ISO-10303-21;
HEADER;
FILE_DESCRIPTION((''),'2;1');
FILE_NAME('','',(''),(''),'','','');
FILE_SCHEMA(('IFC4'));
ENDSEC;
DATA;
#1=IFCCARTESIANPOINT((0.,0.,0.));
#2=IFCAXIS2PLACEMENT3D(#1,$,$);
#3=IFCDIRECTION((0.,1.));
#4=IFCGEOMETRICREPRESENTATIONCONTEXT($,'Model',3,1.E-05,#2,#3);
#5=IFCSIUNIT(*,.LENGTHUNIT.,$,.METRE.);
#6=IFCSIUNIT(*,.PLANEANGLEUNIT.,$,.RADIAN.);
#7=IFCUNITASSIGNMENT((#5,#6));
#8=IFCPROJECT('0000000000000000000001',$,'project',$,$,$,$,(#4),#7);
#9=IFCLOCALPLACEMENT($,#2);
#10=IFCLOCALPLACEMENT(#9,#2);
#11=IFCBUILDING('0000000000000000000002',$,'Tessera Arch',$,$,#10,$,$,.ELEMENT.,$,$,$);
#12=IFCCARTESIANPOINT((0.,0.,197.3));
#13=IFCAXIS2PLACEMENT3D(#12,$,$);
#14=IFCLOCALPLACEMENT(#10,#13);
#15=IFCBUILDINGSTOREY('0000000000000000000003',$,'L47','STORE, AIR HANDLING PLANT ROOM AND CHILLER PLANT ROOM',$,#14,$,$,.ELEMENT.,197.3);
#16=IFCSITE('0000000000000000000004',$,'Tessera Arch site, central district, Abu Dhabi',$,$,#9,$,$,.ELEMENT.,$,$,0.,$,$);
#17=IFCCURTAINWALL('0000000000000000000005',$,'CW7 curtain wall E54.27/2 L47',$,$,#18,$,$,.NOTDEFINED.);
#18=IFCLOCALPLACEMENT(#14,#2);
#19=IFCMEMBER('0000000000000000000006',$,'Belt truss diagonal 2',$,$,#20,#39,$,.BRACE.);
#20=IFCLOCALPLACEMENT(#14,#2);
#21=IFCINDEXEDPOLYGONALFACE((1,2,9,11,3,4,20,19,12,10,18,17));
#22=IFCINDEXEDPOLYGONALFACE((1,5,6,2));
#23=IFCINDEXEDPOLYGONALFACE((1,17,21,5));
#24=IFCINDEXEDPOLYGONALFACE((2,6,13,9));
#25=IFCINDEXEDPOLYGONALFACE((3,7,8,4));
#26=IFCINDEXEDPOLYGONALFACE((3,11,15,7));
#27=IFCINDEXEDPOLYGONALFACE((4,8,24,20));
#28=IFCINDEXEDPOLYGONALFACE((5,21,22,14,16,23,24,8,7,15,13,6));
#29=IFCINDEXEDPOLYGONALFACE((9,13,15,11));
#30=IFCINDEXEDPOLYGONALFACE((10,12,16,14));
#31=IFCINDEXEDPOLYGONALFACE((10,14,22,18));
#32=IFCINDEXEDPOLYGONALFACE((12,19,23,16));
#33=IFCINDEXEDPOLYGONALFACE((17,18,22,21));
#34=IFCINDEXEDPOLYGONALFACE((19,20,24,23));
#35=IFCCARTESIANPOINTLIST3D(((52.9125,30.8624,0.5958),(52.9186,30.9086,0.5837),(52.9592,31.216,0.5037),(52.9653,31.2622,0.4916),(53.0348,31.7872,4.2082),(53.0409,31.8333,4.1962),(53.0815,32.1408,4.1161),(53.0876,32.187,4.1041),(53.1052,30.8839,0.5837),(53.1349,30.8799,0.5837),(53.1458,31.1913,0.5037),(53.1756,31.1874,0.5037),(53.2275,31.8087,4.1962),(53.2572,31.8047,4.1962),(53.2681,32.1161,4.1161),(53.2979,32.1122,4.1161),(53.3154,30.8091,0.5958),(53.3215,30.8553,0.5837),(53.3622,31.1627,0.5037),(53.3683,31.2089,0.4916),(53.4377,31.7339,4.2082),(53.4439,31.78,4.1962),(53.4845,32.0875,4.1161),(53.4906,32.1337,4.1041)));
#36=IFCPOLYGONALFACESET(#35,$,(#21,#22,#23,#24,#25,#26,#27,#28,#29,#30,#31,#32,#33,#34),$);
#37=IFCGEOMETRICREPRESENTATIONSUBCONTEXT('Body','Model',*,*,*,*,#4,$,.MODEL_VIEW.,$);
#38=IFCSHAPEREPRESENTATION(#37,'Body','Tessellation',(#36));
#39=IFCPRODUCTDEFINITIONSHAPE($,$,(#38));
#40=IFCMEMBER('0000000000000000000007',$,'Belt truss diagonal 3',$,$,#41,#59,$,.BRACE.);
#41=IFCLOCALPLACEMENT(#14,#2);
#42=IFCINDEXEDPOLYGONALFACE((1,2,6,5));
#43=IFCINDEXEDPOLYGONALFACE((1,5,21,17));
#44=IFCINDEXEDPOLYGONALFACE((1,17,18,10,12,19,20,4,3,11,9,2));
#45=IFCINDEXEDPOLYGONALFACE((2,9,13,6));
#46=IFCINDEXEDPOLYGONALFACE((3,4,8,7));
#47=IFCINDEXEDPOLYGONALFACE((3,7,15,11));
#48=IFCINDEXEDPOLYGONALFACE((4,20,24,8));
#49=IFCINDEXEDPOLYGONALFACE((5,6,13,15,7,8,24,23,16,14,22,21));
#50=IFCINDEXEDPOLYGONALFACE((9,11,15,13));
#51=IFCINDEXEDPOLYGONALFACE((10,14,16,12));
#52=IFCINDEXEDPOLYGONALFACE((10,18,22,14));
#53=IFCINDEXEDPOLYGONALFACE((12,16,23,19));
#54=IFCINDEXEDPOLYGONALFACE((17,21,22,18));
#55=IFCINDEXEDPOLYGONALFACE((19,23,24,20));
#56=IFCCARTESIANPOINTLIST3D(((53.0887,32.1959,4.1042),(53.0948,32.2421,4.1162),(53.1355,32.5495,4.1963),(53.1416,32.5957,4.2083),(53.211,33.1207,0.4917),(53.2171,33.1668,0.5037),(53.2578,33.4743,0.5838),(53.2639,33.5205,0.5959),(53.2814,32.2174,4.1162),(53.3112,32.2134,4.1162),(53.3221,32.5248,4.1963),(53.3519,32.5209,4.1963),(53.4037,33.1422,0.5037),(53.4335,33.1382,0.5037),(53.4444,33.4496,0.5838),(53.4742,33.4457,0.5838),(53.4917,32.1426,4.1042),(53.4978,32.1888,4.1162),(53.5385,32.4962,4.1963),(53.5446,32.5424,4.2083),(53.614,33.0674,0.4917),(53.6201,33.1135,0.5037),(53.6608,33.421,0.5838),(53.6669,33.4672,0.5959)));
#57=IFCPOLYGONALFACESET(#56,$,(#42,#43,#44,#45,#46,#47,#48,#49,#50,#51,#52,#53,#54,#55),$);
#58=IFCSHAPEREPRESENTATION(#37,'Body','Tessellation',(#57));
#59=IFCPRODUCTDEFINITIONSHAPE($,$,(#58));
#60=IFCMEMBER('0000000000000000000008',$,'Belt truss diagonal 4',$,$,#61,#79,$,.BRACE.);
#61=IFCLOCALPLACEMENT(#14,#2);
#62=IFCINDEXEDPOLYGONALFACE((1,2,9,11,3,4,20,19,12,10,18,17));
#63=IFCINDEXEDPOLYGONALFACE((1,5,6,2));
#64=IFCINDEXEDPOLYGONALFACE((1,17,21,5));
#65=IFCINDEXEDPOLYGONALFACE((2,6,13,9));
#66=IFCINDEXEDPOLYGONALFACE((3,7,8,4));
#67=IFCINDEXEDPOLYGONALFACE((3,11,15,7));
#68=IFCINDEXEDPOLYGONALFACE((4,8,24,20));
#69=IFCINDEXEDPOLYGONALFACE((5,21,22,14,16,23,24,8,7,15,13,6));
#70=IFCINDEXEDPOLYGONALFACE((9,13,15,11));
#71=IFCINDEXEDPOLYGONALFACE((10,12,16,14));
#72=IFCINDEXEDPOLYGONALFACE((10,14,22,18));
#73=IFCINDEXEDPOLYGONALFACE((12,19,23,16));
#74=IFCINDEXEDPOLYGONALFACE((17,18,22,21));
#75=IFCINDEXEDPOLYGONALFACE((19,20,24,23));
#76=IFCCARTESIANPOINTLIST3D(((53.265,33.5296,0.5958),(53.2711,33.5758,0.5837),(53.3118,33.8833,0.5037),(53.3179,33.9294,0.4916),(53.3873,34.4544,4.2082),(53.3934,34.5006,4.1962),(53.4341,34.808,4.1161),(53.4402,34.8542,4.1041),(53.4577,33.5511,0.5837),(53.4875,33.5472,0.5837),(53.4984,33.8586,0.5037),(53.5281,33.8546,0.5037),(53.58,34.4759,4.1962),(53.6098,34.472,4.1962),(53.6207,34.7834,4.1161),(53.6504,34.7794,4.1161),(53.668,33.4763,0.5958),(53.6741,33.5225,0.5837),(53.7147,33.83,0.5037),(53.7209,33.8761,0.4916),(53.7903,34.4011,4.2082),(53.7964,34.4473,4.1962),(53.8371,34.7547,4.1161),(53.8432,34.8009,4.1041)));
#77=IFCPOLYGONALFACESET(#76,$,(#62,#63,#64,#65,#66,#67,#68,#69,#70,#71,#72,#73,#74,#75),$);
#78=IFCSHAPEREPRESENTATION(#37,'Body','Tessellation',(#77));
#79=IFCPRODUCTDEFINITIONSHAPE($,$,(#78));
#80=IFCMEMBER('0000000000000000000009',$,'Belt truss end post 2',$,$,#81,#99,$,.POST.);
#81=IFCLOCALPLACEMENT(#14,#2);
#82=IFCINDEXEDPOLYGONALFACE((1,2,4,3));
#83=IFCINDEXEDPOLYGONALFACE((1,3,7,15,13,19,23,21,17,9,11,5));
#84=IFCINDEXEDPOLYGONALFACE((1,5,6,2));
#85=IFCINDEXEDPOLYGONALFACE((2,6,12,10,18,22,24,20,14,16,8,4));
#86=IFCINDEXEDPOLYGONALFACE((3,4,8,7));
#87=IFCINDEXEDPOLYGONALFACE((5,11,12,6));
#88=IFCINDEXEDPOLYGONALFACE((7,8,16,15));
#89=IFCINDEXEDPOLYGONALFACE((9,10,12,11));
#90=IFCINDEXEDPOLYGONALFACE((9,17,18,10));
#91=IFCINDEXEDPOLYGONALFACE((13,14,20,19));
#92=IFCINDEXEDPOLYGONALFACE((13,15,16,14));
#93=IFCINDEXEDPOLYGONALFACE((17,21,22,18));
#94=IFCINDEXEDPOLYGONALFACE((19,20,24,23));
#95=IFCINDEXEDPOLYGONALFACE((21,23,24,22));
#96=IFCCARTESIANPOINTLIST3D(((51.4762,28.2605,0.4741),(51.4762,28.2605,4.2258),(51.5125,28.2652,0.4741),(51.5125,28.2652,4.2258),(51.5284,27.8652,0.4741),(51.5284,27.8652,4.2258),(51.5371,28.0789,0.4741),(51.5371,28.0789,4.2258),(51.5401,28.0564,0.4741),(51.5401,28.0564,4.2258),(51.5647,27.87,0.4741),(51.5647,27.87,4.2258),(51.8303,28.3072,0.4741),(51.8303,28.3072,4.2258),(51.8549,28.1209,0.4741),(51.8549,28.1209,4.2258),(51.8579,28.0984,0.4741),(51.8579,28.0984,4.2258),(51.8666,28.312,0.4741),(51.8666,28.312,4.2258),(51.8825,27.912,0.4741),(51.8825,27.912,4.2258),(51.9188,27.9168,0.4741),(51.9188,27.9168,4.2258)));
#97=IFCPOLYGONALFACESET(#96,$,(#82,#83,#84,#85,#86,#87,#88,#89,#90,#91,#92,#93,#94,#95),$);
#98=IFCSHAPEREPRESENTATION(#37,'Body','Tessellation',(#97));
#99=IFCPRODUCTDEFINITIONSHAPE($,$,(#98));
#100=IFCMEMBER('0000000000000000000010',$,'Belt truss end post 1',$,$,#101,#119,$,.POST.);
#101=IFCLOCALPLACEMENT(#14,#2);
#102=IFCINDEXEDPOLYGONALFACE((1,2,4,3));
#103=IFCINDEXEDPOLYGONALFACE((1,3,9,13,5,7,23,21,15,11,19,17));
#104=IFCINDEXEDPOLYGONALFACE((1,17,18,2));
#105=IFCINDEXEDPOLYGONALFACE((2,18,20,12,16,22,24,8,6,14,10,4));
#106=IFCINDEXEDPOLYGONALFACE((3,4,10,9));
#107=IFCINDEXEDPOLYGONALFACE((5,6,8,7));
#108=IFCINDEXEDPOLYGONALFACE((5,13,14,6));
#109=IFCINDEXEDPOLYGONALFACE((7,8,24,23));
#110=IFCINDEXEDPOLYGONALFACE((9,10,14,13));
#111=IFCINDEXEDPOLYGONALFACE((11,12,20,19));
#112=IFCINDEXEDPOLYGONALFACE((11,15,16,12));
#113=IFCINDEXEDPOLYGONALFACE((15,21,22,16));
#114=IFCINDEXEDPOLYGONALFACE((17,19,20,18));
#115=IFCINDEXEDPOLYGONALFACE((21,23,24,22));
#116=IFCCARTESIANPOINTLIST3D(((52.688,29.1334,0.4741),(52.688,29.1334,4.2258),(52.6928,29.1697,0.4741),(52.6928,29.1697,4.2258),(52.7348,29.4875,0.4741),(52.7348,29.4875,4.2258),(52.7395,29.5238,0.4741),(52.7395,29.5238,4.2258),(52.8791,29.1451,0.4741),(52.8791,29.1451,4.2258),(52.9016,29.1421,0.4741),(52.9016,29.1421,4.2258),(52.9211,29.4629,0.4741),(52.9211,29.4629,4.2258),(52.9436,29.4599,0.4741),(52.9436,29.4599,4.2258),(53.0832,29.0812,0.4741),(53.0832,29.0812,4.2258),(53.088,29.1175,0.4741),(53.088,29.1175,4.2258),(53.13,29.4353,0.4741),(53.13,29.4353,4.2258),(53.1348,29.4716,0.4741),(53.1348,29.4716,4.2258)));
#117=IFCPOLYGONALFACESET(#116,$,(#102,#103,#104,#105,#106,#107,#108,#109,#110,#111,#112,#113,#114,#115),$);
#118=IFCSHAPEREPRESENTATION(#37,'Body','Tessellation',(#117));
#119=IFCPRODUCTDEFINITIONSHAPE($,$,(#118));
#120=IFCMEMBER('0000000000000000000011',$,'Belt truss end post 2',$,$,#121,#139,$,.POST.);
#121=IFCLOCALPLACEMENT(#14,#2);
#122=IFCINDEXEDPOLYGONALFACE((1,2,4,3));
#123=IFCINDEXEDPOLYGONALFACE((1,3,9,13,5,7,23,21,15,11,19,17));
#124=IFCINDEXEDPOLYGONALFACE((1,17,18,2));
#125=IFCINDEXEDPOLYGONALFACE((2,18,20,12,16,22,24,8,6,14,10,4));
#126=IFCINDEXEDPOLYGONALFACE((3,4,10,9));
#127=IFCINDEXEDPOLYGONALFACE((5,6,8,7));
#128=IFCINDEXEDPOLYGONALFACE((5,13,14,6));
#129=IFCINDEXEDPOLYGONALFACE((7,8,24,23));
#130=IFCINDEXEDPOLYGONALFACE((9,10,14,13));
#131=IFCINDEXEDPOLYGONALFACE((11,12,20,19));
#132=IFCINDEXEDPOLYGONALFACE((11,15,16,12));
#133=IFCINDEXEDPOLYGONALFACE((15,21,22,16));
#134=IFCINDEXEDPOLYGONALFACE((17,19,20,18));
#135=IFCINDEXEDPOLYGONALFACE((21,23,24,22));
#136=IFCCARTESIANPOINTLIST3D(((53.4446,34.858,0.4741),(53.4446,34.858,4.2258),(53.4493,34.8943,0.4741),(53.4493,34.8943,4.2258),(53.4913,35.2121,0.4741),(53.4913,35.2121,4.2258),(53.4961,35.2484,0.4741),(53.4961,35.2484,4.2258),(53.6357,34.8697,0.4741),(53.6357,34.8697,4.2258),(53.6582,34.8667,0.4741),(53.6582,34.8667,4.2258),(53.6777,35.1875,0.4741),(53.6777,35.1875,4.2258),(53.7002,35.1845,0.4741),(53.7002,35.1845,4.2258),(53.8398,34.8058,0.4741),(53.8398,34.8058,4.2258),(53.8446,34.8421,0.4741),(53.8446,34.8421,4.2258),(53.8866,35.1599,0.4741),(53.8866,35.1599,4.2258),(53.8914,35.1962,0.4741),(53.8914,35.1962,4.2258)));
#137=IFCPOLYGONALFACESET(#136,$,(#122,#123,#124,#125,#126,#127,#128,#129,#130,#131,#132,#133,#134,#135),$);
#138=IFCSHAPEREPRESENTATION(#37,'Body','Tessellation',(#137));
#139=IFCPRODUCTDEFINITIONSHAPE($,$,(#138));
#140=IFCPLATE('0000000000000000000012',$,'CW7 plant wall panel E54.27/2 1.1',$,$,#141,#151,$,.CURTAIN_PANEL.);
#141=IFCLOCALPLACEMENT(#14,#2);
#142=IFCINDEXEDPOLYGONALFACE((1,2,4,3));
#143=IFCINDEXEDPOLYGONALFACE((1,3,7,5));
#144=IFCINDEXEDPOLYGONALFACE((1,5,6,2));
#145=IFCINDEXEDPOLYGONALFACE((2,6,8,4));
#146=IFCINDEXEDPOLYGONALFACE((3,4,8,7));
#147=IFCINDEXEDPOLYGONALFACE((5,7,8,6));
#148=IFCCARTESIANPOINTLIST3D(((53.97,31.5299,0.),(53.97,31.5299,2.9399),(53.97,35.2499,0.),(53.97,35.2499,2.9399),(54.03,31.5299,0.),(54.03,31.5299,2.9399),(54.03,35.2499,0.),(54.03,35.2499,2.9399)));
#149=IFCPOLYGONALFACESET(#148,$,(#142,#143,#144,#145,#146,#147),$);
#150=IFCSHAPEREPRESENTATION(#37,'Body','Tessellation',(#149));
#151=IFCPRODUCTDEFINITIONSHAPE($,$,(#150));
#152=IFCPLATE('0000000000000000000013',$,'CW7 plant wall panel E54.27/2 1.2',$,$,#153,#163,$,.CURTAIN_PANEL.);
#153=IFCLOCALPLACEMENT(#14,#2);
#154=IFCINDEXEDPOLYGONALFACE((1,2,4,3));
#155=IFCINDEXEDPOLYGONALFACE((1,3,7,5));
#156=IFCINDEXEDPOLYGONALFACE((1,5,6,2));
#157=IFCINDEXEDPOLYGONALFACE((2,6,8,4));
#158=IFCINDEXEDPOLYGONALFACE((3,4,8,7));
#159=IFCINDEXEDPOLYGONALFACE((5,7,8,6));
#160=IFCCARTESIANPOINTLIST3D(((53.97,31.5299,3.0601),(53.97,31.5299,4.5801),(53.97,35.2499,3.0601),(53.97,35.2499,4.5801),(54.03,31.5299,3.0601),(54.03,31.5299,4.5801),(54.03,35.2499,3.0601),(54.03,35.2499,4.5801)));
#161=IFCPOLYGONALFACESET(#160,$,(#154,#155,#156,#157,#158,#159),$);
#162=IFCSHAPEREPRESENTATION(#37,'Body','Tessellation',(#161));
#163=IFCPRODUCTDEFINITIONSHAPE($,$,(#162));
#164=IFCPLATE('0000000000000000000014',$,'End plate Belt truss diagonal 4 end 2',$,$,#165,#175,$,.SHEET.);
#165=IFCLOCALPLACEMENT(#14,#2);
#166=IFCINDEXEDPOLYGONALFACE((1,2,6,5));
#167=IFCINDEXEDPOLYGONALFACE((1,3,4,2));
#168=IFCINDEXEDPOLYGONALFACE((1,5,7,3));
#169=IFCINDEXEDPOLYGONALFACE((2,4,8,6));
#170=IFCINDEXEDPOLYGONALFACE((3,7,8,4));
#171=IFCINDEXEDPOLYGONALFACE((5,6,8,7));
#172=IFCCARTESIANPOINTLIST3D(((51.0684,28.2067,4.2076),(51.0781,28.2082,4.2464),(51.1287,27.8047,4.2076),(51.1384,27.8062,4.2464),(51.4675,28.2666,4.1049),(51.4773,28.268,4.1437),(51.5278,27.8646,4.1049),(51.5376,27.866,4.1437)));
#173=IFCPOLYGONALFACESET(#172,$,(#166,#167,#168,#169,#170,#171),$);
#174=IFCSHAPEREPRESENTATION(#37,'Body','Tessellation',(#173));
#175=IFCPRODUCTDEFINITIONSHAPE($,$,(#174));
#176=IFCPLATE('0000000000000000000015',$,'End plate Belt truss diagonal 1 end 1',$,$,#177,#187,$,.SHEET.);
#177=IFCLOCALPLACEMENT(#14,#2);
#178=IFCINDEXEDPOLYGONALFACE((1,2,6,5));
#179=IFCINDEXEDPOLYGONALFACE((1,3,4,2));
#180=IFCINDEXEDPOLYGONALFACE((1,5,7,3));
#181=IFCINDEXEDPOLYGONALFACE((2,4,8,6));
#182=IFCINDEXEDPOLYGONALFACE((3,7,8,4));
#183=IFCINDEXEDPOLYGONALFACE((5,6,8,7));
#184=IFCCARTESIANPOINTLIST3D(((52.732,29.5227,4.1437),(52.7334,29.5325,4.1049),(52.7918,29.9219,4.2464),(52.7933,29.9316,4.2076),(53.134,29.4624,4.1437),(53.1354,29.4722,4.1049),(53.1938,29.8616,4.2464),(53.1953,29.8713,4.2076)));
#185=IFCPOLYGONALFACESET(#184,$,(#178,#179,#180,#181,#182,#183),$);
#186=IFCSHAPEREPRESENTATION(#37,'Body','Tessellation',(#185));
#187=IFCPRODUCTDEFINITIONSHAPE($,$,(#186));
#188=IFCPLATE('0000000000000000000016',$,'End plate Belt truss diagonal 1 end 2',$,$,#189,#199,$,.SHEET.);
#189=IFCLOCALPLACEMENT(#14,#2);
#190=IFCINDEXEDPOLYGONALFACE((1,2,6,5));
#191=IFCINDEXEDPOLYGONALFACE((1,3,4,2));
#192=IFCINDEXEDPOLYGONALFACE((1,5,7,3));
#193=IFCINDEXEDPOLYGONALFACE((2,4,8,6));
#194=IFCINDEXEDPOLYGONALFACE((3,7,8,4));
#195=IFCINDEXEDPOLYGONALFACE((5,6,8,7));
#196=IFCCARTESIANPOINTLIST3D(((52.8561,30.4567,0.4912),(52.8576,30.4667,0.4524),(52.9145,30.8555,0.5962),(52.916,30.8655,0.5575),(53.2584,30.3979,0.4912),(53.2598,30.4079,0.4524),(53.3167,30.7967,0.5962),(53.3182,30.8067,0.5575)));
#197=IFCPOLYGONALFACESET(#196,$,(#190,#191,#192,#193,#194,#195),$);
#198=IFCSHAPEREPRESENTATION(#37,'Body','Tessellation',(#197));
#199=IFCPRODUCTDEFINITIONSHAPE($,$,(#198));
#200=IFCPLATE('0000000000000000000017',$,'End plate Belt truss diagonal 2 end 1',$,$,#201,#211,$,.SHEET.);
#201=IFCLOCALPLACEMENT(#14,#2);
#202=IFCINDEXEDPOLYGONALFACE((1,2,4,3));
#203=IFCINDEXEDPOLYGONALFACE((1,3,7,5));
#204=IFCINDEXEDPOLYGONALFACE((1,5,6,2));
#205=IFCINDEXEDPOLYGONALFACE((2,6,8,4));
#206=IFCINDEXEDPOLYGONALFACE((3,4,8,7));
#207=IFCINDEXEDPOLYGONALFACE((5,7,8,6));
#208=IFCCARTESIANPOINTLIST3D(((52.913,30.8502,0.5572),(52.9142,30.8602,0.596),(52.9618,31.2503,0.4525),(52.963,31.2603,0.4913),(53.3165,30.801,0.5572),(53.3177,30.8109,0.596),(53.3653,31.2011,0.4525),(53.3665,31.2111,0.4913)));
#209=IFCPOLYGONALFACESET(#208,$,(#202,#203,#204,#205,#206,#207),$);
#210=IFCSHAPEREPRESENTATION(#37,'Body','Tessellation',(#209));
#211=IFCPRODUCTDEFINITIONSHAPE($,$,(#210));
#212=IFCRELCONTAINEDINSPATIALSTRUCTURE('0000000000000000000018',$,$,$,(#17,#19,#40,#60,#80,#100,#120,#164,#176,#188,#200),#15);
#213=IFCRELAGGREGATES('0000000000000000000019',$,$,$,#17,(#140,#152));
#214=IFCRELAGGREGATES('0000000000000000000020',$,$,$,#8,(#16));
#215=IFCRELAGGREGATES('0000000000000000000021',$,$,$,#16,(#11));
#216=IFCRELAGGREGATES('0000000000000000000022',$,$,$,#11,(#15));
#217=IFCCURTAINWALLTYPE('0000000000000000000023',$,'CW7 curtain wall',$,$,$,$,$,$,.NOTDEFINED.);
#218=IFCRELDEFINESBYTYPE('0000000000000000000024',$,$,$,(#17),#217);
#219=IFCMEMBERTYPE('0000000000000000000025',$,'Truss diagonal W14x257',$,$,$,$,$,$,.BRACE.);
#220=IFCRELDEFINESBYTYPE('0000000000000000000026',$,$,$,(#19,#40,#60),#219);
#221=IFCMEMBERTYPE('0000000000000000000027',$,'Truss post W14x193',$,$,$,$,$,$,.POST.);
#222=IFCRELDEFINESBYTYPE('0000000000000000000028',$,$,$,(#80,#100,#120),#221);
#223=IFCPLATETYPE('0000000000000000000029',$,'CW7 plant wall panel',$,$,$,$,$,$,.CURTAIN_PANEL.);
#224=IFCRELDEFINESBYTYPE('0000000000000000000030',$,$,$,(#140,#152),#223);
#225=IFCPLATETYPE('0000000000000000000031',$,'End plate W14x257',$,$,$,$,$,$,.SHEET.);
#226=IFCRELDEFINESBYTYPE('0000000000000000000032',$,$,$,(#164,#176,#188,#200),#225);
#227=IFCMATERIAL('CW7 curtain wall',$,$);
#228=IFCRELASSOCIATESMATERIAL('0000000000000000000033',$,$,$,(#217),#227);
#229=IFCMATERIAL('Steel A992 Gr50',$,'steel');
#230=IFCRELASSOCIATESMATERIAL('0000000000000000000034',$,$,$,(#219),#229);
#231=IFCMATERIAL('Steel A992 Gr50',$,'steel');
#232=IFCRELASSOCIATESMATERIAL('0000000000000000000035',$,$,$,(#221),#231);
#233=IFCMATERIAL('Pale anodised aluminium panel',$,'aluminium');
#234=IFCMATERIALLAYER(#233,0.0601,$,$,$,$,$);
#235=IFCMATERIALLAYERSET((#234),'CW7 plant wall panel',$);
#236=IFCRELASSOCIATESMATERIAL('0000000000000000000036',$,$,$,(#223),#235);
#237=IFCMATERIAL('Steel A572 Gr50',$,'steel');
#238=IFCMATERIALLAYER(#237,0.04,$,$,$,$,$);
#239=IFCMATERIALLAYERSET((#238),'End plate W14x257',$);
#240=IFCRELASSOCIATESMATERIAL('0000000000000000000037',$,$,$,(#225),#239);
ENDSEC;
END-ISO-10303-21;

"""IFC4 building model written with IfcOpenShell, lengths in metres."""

from ifc_helpers import new_model, si_unit, direction, frame, origin, origin_2d, place, context, subcontext, project, spatial, rectangle, i_section, extrude, material, layer, layer_set, material_profile, profile_set, type_object, element, aggregate, save


model = new_model("IFC4")

# Units and contexts
model_context = context("Model", 3, precision=1e-05, world=origin(), true_north=direction((0.0, 1.0)))
body_context = subcontext(model_context, "Body", "Model", "MODEL_VIEW")
ifc_project = project(units=[si_unit("LENGTHUNIT", "METRE"), si_unit("PLANEANGLEUNIT", "RADIAN")], contexts=[model_context])

# Site, building, storey
site_placement = place(None, origin())
site = spatial("IfcSite", under=ifc_project, at=site_placement, Name="Tessera Arch site, central district, Abu Dhabi", CompositionType="ELEMENT", RefElevation=0.0)
building_placement = place(site_placement, origin())
building = spatial("IfcBuilding", under=site, at=building_placement, Name="Tessera Arch", CompositionType="ELEMENT")
storey_placement = place(building_placement, frame((0.0, 0.0, 197.3)))
storey = spatial("IfcBuildingStorey", under=building, at=storey_placement, Name="L47", Description="STORE, AIR HANDLING PLANT ROOM AND CHILLER PLANT ROOM", CompositionType="ELEMENT", Elevation=197.3)

# Curtain wall
ifc_material_1 = material(Name="CW7 curtain wall")
curtain_wall_type = type_object("IfcCurtainWallType", Name="CW7 curtain wall", PredefinedType="NOTDEFINED", material=ifc_material_1)
curtain_wall_placement = place(storey_placement, origin())
curtain_wall = element("IfcCurtainWall", 1, at=curtain_wall_placement, inside=storey, type_object=curtain_wall_type, Name="CW7 curtain wall E54.27/2 L47", PredefinedType="NOTDEFINED")

# Members
ifc_material_2 = material(Name="Steel A992 Gr50", Category="steel")
ifc_material_profile_1 = material_profile(ifc_material_2, i_section(OverallWidth=0.4065, OverallDepth=0.4165, WebThickness=0.03, FlangeThickness=0.0481, at=origin_2d()), Name="W14x257")
ifc_profile_set_1 = profile_set([ifc_material_profile_1], Name="Steel A992 Gr50")
member_type_1 = type_object("IfcMemberType", Name="Truss diagonal W14x257", PredefinedType="BRACE", material=ifc_profile_set_1)
for number, where, z_axis, x_axis, name in (
    (2, (53.1404, 31.0356, 0.5437), (0.032783, 0.247867, 0.968239), (-0.991367, 0.131118, 0.0), "Belt truss diagonal 2"),
    (3, (53.3167, 32.3691, 4.1562), (0.032783, 0.247867, -0.968239), (-0.991367, 0.131118, 0.0), "Belt truss diagonal 3"),
    (4, (53.4929, 33.7029, 0.5437), (0.032783, 0.247867, 0.968239), (-0.991367, 0.131118, 0.0), "Belt truss diagonal 4"),
):
    element("IfcMember", number, at=place(storey_placement, frame(where, z_axis=z_axis, x_axis=x_axis)), inside=storey, type_object=member_type_1, Name=name, PredefinedType="BRACE", context=body_context, shape_type="SweptSolid", body=[
        extrude(i_section(OverallWidth=0.4065, OverallDepth=0.4165, WebThickness=0.03, FlangeThickness=0.0481, at=origin_2d()), origin(), (0.0, 0.0, 1.0), 3.731),
    ])
ifc_material_3 = material(Name="Steel A992 Gr50", Category="steel")
ifc_material_profile_2 = material_profile(ifc_material_3, i_section(OverallWidth=0.3987, OverallDepth=0.3938, WebThickness=0.0227, FlangeThickness=0.0366, at=origin_2d()), Name="W14x193")
ifc_profile_set_2 = profile_set([ifc_material_profile_2], Name="Steel A992 Gr50")
member_type_2 = type_object("IfcMemberType", Name="Truss post W14x193", PredefinedType="POST", material=ifc_profile_set_2)
for number, where, z_axis, x_axis, name in (
    (5, (51.6975, 28.0886, 0.4741), (0.0, 0.0, 1.0), (-0.131003, 0.991382, 0.0), "Belt truss end post 2"),
    (6, (52.9114, 29.3025, 0.4741), (0.0, 0.0, 1.0), (-0.991382, 0.131003, 0.0), "Belt truss end post 1"),
    (7, (53.668, 35.0271, 0.4741), (0.0, 0.0, 1.0), (-0.991382, 0.131003, 0.0), "Belt truss end post 2"),
):
    element("IfcMember", number, at=place(storey_placement, frame(where, z_axis=z_axis, x_axis=x_axis)), inside=storey, type_object=member_type_2, Name=name, PredefinedType="POST", context=body_context, shape_type="SweptSolid", body=[
        extrude(i_section(OverallWidth=0.3987, OverallDepth=0.3938, WebThickness=0.0227, FlangeThickness=0.0366, at=origin_2d()), origin(), (0.0, 0.0, 1.0), 3.7517),
    ])

# Plates
ifc_material_4 = material(Name="Pale anodised aluminium panel", Category="aluminium")
ifc_layer_1 = layer(ifc_material_4, 0.0601)
ifc_layer_set_1 = layer_set([ifc_layer_1], Name="CW7 plant wall panel")
plate_type_1 = type_object("IfcPlateType", Name="CW7 plant wall panel", PredefinedType="CURTAIN_PANEL", material=ifc_layer_set_1)
plate_1_placement = place(storey_placement, frame((54.0, 33.3899, 0.0), z_axis=(0.0, 0.0, 1.0), x_axis=(0.0, 1.0, 0.0)))
plate_1 = element("IfcPlate", 8, at=plate_1_placement, type_object=plate_type_1, Name="CW7 plant wall panel E54.27/2 1.1", PredefinedType="CURTAIN_PANEL", context=body_context, shape_type="SweptSolid", body=[
    extrude(rectangle(XDim=3.72, YDim=0.0601, at=origin_2d()), origin(), (0.0, 0.0, 1.0), 2.9399),
])
plate_2_placement = place(storey_placement, frame((54.0, 33.3899, 3.0601), z_axis=(0.0, 0.0, 1.0), x_axis=(0.0, 1.0, 0.0)))
plate_2 = element("IfcPlate", 9, at=plate_2_placement, type_object=plate_type_1, Name="CW7 plant wall panel E54.27/2 1.2", PredefinedType="CURTAIN_PANEL", context=body_context, shape_type="SweptSolid", body=[
    extrude(rectangle(XDim=3.72, YDim=0.0601, at=origin_2d()), origin(), (0.0, 0.0, 1.0), 1.52),
])
aggregate(curtain_wall, [plate_1, plate_2])

# Plates
ifc_material_5 = material(Name="Steel A572 Gr50", Category="steel")
ifc_layer_2 = layer(ifc_material_5, 0.04)
ifc_layer_set_2 = layer_set([ifc_layer_2], Name="End plate W14x257")
plate_type_2 = type_object("IfcPlateType", Name="End plate W14x257", PredefinedType="SHEET", material=ifc_layer_set_2)
for number, where, z_axis, x_axis, name in (
    (10, (51.2981, 28.0356, 4.1562), (0.243807, 0.036571, 0.969134), (-0.14834, 0.988936, 0.0), "End plate Belt truss diagonal 4 end 2"),
    (11, (52.9629, 29.6921, 4.1951), (0.036571, 0.243807, -0.969134), (-0.988936, 0.14834, 0.0), "End plate Belt truss diagonal 1 end 1"),
    (12, (53.0864, 30.6267, 0.5437), (0.036516, 0.249527, -0.967679), (-0.989461, 0.144799, 0.0), "End plate Belt truss diagonal 1 end 2"),
    (13, (53.1392, 31.0256, 0.5049), (0.030436, 0.249578, 0.967876), (-0.992646, 0.121054, 0.0), "End plate Belt truss diagonal 2 end 1"),
):
    element("IfcPlate", number, at=place(storey_placement, frame(where, z_axis=z_axis, x_axis=x_axis)), inside=storey, type_object=plate_type_2, Name=name, PredefinedType="SHEET", context=body_context, shape_type="SweptSolid", body=[
        extrude(rectangle(XDim=0.4065, YDim=0.4165, at=origin_2d()), origin(), (0.0, 0.0, 1.0), 0.04),
    ])

save(model, "model.ifc")
